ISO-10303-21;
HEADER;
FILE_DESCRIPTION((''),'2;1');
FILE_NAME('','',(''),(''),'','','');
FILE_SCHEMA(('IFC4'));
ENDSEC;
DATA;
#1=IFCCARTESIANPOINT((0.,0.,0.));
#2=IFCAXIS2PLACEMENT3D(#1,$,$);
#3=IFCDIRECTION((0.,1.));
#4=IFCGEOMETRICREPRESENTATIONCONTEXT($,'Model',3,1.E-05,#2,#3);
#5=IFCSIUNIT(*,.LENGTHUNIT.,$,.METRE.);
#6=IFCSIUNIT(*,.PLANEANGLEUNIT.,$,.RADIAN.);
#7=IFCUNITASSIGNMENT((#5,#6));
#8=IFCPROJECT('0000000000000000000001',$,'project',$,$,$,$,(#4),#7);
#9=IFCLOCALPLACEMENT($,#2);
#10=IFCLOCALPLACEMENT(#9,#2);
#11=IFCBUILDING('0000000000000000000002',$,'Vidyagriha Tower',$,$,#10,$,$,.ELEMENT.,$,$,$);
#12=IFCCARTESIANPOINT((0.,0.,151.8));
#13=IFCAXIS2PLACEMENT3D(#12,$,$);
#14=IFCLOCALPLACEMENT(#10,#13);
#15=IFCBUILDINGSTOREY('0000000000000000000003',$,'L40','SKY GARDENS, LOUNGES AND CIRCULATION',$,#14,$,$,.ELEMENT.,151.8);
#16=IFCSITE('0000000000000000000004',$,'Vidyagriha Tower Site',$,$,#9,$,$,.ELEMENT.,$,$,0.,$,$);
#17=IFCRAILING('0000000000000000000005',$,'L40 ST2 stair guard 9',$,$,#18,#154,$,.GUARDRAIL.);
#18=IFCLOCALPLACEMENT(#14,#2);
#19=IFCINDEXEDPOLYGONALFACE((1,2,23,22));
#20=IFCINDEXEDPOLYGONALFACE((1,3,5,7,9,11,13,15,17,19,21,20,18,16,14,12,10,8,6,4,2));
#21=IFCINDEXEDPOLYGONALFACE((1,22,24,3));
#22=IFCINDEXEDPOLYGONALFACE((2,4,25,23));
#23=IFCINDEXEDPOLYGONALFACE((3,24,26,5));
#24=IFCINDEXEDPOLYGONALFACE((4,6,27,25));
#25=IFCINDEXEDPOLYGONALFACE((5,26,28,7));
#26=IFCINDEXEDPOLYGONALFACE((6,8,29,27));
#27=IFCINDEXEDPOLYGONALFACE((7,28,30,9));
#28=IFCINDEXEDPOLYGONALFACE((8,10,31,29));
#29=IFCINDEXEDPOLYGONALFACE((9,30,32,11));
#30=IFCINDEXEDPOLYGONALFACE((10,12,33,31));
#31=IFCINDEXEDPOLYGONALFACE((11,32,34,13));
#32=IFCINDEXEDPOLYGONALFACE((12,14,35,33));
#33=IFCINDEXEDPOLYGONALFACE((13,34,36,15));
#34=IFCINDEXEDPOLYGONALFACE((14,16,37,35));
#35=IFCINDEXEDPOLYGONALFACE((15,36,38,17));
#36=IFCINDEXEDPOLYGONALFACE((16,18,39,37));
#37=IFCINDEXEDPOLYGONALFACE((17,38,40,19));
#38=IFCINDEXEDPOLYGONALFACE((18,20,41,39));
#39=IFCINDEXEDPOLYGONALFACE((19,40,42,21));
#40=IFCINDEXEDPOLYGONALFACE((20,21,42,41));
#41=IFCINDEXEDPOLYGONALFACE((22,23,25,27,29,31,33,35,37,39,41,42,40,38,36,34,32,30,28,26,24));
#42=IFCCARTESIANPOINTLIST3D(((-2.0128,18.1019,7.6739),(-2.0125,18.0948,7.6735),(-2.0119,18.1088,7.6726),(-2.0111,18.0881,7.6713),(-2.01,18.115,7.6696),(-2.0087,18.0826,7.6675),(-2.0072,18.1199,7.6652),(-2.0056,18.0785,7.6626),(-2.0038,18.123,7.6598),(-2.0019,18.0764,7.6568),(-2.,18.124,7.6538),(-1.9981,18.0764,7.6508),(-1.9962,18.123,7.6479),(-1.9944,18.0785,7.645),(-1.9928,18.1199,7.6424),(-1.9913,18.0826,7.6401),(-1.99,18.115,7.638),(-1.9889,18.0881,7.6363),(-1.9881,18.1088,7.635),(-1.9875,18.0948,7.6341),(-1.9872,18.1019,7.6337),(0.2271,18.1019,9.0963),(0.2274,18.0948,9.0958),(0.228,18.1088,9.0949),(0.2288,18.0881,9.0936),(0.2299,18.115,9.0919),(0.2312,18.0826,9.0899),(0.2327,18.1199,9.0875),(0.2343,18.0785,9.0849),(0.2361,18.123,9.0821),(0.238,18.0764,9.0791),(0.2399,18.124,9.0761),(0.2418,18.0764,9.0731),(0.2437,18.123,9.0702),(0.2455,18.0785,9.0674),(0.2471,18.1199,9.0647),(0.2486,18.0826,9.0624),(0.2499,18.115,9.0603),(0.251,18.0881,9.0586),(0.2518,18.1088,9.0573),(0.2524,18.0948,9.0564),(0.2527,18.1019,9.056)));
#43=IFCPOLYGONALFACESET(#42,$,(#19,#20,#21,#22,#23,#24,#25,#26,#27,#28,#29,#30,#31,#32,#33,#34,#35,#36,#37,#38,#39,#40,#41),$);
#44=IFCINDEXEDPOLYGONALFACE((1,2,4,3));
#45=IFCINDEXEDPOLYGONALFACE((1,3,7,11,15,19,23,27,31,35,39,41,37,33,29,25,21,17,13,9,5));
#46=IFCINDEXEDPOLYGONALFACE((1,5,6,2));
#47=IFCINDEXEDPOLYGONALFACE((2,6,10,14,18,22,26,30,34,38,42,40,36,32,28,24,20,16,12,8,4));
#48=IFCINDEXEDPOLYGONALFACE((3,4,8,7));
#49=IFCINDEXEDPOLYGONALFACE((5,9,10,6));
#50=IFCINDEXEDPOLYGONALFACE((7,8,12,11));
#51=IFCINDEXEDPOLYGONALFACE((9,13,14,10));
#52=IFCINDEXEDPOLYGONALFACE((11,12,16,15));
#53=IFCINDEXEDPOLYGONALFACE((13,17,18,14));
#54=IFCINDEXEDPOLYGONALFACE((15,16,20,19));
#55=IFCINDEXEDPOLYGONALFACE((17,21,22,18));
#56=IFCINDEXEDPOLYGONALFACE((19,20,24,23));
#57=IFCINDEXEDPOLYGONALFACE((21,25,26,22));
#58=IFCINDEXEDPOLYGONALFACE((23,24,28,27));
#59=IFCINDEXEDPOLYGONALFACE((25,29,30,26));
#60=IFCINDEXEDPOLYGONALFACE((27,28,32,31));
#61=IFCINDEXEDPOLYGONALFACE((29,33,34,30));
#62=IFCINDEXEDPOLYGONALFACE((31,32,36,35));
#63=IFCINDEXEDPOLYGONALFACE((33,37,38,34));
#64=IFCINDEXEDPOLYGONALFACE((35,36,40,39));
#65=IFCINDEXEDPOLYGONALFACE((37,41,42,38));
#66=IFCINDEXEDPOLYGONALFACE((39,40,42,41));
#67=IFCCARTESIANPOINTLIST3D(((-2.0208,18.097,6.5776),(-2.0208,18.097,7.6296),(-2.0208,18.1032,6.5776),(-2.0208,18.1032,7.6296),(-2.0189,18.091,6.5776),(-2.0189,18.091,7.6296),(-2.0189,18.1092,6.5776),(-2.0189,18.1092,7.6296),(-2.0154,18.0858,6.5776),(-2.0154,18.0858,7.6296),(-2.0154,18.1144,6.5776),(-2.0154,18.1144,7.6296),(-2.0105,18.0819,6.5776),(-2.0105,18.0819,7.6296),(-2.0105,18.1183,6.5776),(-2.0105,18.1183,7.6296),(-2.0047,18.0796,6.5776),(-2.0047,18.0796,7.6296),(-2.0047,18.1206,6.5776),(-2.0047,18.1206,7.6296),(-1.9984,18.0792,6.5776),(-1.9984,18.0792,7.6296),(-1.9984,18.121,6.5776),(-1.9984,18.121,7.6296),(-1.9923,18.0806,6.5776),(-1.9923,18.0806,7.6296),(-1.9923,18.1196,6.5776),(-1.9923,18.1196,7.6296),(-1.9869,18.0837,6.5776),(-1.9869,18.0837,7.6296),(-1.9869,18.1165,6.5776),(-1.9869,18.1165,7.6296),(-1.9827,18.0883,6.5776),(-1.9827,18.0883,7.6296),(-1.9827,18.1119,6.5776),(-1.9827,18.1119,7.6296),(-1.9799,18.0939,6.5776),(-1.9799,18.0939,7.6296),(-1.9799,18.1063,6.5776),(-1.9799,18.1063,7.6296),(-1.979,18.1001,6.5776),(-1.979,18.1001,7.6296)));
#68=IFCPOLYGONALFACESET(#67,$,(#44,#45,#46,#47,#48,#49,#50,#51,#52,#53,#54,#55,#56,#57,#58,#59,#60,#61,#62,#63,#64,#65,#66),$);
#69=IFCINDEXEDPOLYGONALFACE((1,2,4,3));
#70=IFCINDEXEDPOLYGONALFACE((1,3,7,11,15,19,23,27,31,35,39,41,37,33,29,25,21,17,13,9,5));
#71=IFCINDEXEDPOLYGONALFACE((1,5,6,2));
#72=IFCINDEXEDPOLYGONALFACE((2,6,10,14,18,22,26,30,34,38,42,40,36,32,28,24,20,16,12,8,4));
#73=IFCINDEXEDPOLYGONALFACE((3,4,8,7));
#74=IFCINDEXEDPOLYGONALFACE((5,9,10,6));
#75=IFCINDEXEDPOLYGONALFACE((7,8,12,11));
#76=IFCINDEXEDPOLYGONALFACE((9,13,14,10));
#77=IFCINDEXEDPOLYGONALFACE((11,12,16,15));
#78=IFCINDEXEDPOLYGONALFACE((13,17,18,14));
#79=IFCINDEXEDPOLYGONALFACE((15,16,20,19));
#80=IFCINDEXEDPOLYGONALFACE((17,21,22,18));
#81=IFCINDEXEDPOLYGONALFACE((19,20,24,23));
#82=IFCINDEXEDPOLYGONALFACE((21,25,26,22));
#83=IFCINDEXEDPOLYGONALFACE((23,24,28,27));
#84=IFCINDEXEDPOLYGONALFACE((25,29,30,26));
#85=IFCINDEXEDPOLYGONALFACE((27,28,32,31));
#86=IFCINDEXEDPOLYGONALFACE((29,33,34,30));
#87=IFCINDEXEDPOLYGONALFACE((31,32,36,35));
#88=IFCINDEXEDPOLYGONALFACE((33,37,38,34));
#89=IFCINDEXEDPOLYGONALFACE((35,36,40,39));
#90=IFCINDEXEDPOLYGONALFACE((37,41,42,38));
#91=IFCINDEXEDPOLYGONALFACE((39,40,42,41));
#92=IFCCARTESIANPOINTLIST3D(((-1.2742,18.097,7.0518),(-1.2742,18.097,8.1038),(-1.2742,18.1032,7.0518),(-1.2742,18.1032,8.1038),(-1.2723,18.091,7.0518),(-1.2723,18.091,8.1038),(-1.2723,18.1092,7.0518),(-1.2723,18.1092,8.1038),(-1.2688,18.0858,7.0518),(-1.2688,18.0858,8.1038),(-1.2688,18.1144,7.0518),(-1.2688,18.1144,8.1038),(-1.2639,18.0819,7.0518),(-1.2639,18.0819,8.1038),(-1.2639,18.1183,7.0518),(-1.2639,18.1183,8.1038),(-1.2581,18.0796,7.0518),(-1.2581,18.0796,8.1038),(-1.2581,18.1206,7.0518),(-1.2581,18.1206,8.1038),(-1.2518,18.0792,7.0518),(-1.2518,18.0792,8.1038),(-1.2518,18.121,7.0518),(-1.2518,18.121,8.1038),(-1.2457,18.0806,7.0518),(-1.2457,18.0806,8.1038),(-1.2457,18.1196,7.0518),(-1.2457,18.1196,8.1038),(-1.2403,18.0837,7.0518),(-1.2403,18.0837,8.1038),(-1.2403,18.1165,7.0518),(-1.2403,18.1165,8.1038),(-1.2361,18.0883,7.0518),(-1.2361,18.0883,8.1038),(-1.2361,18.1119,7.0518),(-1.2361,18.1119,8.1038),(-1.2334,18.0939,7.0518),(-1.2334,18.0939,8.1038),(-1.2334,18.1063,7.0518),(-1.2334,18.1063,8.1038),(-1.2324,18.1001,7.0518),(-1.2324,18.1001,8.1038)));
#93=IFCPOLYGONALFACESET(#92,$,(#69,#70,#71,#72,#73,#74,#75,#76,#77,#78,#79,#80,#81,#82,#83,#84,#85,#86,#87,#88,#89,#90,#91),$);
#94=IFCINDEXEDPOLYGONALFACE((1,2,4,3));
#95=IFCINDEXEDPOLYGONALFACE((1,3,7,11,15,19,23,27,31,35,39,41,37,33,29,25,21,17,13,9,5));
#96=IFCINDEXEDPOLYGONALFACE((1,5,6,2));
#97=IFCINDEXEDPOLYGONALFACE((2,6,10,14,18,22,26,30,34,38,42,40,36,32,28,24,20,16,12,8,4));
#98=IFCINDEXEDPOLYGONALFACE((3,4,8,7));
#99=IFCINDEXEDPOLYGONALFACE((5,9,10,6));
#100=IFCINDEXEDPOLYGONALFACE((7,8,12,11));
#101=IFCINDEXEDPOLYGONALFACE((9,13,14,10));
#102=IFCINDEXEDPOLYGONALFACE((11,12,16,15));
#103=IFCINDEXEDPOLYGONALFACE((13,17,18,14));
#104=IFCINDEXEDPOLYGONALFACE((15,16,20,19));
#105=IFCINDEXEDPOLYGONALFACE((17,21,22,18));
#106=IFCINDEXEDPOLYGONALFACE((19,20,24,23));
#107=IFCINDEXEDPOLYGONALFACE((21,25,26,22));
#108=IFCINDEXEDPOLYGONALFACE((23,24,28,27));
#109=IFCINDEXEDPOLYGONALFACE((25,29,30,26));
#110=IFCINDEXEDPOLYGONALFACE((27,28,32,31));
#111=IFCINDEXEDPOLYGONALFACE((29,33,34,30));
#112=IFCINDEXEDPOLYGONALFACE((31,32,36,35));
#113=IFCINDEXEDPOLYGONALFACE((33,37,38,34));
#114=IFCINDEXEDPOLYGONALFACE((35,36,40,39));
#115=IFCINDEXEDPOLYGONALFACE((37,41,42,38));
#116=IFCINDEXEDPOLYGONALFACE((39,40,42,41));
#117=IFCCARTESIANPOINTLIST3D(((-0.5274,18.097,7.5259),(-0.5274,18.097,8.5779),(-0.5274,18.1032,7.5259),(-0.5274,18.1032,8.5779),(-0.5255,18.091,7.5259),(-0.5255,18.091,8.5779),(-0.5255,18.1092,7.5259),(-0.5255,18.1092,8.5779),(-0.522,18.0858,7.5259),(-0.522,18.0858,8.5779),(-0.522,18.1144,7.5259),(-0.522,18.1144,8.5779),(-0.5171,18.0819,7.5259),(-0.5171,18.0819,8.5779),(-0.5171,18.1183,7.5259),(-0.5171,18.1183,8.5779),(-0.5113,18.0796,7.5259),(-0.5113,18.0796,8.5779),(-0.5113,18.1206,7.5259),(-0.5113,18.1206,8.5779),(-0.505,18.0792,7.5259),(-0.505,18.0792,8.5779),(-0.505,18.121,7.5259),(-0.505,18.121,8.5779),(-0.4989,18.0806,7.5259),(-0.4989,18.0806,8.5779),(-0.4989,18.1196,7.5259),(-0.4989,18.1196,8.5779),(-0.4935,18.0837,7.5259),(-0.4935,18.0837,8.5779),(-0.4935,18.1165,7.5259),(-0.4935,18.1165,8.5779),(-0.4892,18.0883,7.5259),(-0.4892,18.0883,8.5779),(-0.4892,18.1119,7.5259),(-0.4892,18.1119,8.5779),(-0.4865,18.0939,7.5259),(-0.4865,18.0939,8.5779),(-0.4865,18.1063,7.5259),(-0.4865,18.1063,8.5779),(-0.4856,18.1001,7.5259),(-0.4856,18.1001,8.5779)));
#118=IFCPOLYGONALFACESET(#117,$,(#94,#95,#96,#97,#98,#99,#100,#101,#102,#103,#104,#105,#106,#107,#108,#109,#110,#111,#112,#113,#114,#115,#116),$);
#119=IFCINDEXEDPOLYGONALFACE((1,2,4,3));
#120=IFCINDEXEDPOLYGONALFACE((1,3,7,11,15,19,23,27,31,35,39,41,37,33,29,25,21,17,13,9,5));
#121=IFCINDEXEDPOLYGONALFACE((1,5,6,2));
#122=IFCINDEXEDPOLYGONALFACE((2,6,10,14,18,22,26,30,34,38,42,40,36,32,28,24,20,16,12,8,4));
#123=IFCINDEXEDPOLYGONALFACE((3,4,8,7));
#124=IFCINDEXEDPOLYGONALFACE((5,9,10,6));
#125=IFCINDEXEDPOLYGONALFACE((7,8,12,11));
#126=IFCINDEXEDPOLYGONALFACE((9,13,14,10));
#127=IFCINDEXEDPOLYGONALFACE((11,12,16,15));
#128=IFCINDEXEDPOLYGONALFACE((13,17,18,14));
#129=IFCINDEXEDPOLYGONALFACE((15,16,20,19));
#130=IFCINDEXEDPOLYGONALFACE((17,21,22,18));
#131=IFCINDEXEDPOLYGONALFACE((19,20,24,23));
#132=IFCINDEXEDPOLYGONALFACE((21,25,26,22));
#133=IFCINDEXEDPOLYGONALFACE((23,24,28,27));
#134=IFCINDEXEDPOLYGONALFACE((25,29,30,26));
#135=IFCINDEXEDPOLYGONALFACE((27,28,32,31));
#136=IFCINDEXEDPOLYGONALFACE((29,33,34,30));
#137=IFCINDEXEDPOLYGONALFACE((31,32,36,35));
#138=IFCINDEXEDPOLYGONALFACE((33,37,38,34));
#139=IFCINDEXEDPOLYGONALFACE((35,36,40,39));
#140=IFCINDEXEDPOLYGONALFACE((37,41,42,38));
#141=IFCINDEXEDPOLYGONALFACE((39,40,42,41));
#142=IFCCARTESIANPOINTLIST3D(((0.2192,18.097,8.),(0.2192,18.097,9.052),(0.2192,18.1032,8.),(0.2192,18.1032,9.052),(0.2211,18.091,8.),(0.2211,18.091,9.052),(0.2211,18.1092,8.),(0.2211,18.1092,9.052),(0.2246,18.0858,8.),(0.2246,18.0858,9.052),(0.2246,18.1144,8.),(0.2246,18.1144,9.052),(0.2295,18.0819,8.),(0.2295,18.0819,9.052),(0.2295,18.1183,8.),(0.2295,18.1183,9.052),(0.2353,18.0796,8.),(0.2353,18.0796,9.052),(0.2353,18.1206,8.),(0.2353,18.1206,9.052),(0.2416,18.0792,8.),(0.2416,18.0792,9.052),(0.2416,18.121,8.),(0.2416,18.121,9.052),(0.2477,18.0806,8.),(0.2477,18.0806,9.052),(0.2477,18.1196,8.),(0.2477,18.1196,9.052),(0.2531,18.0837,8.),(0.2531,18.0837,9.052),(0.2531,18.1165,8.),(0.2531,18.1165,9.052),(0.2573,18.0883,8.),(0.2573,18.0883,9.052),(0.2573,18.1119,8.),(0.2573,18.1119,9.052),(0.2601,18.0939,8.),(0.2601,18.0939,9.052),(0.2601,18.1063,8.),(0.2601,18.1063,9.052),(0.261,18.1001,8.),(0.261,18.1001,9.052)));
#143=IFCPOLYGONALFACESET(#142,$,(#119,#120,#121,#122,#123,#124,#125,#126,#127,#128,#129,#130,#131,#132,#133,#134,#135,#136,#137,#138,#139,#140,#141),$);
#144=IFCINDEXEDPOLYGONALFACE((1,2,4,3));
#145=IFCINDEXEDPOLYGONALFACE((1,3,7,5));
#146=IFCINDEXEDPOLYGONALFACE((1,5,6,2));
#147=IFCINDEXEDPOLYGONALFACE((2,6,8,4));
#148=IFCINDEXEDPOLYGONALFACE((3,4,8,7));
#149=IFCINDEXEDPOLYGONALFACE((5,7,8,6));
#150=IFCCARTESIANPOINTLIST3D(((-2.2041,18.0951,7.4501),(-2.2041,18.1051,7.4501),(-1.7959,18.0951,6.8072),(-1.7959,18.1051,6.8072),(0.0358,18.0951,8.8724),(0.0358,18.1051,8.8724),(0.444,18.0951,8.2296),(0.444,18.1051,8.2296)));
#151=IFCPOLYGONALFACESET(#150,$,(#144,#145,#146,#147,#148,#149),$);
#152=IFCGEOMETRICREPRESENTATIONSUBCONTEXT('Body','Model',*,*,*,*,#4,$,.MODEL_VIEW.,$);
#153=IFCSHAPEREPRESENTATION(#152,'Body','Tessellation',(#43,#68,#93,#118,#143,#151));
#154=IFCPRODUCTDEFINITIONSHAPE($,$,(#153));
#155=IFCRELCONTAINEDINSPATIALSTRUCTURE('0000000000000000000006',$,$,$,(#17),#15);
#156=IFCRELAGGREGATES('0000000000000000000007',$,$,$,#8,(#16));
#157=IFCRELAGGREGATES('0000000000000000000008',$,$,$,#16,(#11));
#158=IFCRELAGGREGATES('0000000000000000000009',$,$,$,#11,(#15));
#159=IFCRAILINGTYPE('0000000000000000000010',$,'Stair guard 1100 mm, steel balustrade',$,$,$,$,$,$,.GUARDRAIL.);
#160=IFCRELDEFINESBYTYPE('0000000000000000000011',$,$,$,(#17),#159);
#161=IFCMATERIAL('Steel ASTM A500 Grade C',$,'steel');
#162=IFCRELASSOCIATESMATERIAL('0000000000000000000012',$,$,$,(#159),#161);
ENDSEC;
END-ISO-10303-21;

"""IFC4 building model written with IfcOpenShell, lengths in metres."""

from ifc_helpers import new_model, si_unit, direction, frame, origin, origin_2d, place, context, subcontext, project, spatial, rectangle, circle, extrude, material, type_object, element, save


model = new_model("IFC4")

# Units and contexts
model_context = context("Model", 3, precision=1e-05, world=origin(), true_north=direction((0.0, 1.0)))
body_context = subcontext(model_context, "Body", "Model", "MODEL_VIEW")
ifc_project = project(units=[si_unit("LENGTHUNIT", "METRE"), si_unit("PLANEANGLEUNIT", "RADIAN")], contexts=[model_context])

# Site, building, storey
site_placement = place(None, origin())
site = spatial("IfcSite", under=ifc_project, at=site_placement, Name="Vidyagriha Tower Site", CompositionType="ELEMENT", RefElevation=0.0)
building_placement = place(site_placement, origin())
building = spatial("IfcBuilding", under=site, at=building_placement, Name="Vidyagriha Tower", CompositionType="ELEMENT")
storey_placement = place(building_placement, frame((0.0, 0.0, 151.8)))
storey = spatial("IfcBuildingStorey", under=building, at=storey_placement, Name="L40", Description="SKY GARDENS, LOUNGES AND CIRCULATION", CompositionType="ELEMENT", Elevation=151.8)

# Railing
ifc_material_1 = material(Name="Steel ASTM A500 Grade C", Category="steel")
railing_type_1 = type_object("IfcRailingType", Name="Stair guard 1100 mm, steel balustrade", PredefinedType="GUARDRAIL", material=ifc_material_1)
railing_1_placement = place(storey_placement, frame((-2.0, 18.1001, 6.5776)))
element("IfcRailing", 1, at=railing_1_placement, inside=storey, type_object=railing_type_1, Name="L40 ST2 stair guard 9", PredefinedType="GUARDRAIL", context=body_context, shape_type="SweptSolid", body=[
    extrude(circle(Radius=0.0239, at=origin_2d()), frame((0.0, 0.0, 1.0762), z_axis=(0.844188, 0.0, 0.536048), x_axis=(0.0, 1.0, 0.0)), (0.0, 0.0, 1.0), 2.6533),
    extrude(circle(Radius=0.021, at=origin_2d()), origin(), (0.0, 0.0, 1.0), 1.052),
    extrude(circle(Radius=0.021, at=origin_2d()), frame((0.7466, 0.0, 0.4741)), (0.0, 0.0, 1.0), 1.052),
    extrude(circle(Radius=0.021, at=origin_2d()), frame((1.4934, 0.0, 0.9482)), (0.0, 0.0, 1.0), 1.052),
    extrude(circle(Radius=0.021, at=origin_2d()), frame((2.24, 0.0, 1.4224)), (0.0, 0.0, 1.0), 1.052),
    extrude(rectangle(XDim=0.01, YDim=0.7615, at=origin_2d()), frame((0.0, 0.0, 0.551), z_axis=(0.844188, 0.0, 0.536048), x_axis=(0.0, 1.0, 0.0)), (0.0, 0.0, 1.0), 2.6533),
])

save(model, "model.ifc")
